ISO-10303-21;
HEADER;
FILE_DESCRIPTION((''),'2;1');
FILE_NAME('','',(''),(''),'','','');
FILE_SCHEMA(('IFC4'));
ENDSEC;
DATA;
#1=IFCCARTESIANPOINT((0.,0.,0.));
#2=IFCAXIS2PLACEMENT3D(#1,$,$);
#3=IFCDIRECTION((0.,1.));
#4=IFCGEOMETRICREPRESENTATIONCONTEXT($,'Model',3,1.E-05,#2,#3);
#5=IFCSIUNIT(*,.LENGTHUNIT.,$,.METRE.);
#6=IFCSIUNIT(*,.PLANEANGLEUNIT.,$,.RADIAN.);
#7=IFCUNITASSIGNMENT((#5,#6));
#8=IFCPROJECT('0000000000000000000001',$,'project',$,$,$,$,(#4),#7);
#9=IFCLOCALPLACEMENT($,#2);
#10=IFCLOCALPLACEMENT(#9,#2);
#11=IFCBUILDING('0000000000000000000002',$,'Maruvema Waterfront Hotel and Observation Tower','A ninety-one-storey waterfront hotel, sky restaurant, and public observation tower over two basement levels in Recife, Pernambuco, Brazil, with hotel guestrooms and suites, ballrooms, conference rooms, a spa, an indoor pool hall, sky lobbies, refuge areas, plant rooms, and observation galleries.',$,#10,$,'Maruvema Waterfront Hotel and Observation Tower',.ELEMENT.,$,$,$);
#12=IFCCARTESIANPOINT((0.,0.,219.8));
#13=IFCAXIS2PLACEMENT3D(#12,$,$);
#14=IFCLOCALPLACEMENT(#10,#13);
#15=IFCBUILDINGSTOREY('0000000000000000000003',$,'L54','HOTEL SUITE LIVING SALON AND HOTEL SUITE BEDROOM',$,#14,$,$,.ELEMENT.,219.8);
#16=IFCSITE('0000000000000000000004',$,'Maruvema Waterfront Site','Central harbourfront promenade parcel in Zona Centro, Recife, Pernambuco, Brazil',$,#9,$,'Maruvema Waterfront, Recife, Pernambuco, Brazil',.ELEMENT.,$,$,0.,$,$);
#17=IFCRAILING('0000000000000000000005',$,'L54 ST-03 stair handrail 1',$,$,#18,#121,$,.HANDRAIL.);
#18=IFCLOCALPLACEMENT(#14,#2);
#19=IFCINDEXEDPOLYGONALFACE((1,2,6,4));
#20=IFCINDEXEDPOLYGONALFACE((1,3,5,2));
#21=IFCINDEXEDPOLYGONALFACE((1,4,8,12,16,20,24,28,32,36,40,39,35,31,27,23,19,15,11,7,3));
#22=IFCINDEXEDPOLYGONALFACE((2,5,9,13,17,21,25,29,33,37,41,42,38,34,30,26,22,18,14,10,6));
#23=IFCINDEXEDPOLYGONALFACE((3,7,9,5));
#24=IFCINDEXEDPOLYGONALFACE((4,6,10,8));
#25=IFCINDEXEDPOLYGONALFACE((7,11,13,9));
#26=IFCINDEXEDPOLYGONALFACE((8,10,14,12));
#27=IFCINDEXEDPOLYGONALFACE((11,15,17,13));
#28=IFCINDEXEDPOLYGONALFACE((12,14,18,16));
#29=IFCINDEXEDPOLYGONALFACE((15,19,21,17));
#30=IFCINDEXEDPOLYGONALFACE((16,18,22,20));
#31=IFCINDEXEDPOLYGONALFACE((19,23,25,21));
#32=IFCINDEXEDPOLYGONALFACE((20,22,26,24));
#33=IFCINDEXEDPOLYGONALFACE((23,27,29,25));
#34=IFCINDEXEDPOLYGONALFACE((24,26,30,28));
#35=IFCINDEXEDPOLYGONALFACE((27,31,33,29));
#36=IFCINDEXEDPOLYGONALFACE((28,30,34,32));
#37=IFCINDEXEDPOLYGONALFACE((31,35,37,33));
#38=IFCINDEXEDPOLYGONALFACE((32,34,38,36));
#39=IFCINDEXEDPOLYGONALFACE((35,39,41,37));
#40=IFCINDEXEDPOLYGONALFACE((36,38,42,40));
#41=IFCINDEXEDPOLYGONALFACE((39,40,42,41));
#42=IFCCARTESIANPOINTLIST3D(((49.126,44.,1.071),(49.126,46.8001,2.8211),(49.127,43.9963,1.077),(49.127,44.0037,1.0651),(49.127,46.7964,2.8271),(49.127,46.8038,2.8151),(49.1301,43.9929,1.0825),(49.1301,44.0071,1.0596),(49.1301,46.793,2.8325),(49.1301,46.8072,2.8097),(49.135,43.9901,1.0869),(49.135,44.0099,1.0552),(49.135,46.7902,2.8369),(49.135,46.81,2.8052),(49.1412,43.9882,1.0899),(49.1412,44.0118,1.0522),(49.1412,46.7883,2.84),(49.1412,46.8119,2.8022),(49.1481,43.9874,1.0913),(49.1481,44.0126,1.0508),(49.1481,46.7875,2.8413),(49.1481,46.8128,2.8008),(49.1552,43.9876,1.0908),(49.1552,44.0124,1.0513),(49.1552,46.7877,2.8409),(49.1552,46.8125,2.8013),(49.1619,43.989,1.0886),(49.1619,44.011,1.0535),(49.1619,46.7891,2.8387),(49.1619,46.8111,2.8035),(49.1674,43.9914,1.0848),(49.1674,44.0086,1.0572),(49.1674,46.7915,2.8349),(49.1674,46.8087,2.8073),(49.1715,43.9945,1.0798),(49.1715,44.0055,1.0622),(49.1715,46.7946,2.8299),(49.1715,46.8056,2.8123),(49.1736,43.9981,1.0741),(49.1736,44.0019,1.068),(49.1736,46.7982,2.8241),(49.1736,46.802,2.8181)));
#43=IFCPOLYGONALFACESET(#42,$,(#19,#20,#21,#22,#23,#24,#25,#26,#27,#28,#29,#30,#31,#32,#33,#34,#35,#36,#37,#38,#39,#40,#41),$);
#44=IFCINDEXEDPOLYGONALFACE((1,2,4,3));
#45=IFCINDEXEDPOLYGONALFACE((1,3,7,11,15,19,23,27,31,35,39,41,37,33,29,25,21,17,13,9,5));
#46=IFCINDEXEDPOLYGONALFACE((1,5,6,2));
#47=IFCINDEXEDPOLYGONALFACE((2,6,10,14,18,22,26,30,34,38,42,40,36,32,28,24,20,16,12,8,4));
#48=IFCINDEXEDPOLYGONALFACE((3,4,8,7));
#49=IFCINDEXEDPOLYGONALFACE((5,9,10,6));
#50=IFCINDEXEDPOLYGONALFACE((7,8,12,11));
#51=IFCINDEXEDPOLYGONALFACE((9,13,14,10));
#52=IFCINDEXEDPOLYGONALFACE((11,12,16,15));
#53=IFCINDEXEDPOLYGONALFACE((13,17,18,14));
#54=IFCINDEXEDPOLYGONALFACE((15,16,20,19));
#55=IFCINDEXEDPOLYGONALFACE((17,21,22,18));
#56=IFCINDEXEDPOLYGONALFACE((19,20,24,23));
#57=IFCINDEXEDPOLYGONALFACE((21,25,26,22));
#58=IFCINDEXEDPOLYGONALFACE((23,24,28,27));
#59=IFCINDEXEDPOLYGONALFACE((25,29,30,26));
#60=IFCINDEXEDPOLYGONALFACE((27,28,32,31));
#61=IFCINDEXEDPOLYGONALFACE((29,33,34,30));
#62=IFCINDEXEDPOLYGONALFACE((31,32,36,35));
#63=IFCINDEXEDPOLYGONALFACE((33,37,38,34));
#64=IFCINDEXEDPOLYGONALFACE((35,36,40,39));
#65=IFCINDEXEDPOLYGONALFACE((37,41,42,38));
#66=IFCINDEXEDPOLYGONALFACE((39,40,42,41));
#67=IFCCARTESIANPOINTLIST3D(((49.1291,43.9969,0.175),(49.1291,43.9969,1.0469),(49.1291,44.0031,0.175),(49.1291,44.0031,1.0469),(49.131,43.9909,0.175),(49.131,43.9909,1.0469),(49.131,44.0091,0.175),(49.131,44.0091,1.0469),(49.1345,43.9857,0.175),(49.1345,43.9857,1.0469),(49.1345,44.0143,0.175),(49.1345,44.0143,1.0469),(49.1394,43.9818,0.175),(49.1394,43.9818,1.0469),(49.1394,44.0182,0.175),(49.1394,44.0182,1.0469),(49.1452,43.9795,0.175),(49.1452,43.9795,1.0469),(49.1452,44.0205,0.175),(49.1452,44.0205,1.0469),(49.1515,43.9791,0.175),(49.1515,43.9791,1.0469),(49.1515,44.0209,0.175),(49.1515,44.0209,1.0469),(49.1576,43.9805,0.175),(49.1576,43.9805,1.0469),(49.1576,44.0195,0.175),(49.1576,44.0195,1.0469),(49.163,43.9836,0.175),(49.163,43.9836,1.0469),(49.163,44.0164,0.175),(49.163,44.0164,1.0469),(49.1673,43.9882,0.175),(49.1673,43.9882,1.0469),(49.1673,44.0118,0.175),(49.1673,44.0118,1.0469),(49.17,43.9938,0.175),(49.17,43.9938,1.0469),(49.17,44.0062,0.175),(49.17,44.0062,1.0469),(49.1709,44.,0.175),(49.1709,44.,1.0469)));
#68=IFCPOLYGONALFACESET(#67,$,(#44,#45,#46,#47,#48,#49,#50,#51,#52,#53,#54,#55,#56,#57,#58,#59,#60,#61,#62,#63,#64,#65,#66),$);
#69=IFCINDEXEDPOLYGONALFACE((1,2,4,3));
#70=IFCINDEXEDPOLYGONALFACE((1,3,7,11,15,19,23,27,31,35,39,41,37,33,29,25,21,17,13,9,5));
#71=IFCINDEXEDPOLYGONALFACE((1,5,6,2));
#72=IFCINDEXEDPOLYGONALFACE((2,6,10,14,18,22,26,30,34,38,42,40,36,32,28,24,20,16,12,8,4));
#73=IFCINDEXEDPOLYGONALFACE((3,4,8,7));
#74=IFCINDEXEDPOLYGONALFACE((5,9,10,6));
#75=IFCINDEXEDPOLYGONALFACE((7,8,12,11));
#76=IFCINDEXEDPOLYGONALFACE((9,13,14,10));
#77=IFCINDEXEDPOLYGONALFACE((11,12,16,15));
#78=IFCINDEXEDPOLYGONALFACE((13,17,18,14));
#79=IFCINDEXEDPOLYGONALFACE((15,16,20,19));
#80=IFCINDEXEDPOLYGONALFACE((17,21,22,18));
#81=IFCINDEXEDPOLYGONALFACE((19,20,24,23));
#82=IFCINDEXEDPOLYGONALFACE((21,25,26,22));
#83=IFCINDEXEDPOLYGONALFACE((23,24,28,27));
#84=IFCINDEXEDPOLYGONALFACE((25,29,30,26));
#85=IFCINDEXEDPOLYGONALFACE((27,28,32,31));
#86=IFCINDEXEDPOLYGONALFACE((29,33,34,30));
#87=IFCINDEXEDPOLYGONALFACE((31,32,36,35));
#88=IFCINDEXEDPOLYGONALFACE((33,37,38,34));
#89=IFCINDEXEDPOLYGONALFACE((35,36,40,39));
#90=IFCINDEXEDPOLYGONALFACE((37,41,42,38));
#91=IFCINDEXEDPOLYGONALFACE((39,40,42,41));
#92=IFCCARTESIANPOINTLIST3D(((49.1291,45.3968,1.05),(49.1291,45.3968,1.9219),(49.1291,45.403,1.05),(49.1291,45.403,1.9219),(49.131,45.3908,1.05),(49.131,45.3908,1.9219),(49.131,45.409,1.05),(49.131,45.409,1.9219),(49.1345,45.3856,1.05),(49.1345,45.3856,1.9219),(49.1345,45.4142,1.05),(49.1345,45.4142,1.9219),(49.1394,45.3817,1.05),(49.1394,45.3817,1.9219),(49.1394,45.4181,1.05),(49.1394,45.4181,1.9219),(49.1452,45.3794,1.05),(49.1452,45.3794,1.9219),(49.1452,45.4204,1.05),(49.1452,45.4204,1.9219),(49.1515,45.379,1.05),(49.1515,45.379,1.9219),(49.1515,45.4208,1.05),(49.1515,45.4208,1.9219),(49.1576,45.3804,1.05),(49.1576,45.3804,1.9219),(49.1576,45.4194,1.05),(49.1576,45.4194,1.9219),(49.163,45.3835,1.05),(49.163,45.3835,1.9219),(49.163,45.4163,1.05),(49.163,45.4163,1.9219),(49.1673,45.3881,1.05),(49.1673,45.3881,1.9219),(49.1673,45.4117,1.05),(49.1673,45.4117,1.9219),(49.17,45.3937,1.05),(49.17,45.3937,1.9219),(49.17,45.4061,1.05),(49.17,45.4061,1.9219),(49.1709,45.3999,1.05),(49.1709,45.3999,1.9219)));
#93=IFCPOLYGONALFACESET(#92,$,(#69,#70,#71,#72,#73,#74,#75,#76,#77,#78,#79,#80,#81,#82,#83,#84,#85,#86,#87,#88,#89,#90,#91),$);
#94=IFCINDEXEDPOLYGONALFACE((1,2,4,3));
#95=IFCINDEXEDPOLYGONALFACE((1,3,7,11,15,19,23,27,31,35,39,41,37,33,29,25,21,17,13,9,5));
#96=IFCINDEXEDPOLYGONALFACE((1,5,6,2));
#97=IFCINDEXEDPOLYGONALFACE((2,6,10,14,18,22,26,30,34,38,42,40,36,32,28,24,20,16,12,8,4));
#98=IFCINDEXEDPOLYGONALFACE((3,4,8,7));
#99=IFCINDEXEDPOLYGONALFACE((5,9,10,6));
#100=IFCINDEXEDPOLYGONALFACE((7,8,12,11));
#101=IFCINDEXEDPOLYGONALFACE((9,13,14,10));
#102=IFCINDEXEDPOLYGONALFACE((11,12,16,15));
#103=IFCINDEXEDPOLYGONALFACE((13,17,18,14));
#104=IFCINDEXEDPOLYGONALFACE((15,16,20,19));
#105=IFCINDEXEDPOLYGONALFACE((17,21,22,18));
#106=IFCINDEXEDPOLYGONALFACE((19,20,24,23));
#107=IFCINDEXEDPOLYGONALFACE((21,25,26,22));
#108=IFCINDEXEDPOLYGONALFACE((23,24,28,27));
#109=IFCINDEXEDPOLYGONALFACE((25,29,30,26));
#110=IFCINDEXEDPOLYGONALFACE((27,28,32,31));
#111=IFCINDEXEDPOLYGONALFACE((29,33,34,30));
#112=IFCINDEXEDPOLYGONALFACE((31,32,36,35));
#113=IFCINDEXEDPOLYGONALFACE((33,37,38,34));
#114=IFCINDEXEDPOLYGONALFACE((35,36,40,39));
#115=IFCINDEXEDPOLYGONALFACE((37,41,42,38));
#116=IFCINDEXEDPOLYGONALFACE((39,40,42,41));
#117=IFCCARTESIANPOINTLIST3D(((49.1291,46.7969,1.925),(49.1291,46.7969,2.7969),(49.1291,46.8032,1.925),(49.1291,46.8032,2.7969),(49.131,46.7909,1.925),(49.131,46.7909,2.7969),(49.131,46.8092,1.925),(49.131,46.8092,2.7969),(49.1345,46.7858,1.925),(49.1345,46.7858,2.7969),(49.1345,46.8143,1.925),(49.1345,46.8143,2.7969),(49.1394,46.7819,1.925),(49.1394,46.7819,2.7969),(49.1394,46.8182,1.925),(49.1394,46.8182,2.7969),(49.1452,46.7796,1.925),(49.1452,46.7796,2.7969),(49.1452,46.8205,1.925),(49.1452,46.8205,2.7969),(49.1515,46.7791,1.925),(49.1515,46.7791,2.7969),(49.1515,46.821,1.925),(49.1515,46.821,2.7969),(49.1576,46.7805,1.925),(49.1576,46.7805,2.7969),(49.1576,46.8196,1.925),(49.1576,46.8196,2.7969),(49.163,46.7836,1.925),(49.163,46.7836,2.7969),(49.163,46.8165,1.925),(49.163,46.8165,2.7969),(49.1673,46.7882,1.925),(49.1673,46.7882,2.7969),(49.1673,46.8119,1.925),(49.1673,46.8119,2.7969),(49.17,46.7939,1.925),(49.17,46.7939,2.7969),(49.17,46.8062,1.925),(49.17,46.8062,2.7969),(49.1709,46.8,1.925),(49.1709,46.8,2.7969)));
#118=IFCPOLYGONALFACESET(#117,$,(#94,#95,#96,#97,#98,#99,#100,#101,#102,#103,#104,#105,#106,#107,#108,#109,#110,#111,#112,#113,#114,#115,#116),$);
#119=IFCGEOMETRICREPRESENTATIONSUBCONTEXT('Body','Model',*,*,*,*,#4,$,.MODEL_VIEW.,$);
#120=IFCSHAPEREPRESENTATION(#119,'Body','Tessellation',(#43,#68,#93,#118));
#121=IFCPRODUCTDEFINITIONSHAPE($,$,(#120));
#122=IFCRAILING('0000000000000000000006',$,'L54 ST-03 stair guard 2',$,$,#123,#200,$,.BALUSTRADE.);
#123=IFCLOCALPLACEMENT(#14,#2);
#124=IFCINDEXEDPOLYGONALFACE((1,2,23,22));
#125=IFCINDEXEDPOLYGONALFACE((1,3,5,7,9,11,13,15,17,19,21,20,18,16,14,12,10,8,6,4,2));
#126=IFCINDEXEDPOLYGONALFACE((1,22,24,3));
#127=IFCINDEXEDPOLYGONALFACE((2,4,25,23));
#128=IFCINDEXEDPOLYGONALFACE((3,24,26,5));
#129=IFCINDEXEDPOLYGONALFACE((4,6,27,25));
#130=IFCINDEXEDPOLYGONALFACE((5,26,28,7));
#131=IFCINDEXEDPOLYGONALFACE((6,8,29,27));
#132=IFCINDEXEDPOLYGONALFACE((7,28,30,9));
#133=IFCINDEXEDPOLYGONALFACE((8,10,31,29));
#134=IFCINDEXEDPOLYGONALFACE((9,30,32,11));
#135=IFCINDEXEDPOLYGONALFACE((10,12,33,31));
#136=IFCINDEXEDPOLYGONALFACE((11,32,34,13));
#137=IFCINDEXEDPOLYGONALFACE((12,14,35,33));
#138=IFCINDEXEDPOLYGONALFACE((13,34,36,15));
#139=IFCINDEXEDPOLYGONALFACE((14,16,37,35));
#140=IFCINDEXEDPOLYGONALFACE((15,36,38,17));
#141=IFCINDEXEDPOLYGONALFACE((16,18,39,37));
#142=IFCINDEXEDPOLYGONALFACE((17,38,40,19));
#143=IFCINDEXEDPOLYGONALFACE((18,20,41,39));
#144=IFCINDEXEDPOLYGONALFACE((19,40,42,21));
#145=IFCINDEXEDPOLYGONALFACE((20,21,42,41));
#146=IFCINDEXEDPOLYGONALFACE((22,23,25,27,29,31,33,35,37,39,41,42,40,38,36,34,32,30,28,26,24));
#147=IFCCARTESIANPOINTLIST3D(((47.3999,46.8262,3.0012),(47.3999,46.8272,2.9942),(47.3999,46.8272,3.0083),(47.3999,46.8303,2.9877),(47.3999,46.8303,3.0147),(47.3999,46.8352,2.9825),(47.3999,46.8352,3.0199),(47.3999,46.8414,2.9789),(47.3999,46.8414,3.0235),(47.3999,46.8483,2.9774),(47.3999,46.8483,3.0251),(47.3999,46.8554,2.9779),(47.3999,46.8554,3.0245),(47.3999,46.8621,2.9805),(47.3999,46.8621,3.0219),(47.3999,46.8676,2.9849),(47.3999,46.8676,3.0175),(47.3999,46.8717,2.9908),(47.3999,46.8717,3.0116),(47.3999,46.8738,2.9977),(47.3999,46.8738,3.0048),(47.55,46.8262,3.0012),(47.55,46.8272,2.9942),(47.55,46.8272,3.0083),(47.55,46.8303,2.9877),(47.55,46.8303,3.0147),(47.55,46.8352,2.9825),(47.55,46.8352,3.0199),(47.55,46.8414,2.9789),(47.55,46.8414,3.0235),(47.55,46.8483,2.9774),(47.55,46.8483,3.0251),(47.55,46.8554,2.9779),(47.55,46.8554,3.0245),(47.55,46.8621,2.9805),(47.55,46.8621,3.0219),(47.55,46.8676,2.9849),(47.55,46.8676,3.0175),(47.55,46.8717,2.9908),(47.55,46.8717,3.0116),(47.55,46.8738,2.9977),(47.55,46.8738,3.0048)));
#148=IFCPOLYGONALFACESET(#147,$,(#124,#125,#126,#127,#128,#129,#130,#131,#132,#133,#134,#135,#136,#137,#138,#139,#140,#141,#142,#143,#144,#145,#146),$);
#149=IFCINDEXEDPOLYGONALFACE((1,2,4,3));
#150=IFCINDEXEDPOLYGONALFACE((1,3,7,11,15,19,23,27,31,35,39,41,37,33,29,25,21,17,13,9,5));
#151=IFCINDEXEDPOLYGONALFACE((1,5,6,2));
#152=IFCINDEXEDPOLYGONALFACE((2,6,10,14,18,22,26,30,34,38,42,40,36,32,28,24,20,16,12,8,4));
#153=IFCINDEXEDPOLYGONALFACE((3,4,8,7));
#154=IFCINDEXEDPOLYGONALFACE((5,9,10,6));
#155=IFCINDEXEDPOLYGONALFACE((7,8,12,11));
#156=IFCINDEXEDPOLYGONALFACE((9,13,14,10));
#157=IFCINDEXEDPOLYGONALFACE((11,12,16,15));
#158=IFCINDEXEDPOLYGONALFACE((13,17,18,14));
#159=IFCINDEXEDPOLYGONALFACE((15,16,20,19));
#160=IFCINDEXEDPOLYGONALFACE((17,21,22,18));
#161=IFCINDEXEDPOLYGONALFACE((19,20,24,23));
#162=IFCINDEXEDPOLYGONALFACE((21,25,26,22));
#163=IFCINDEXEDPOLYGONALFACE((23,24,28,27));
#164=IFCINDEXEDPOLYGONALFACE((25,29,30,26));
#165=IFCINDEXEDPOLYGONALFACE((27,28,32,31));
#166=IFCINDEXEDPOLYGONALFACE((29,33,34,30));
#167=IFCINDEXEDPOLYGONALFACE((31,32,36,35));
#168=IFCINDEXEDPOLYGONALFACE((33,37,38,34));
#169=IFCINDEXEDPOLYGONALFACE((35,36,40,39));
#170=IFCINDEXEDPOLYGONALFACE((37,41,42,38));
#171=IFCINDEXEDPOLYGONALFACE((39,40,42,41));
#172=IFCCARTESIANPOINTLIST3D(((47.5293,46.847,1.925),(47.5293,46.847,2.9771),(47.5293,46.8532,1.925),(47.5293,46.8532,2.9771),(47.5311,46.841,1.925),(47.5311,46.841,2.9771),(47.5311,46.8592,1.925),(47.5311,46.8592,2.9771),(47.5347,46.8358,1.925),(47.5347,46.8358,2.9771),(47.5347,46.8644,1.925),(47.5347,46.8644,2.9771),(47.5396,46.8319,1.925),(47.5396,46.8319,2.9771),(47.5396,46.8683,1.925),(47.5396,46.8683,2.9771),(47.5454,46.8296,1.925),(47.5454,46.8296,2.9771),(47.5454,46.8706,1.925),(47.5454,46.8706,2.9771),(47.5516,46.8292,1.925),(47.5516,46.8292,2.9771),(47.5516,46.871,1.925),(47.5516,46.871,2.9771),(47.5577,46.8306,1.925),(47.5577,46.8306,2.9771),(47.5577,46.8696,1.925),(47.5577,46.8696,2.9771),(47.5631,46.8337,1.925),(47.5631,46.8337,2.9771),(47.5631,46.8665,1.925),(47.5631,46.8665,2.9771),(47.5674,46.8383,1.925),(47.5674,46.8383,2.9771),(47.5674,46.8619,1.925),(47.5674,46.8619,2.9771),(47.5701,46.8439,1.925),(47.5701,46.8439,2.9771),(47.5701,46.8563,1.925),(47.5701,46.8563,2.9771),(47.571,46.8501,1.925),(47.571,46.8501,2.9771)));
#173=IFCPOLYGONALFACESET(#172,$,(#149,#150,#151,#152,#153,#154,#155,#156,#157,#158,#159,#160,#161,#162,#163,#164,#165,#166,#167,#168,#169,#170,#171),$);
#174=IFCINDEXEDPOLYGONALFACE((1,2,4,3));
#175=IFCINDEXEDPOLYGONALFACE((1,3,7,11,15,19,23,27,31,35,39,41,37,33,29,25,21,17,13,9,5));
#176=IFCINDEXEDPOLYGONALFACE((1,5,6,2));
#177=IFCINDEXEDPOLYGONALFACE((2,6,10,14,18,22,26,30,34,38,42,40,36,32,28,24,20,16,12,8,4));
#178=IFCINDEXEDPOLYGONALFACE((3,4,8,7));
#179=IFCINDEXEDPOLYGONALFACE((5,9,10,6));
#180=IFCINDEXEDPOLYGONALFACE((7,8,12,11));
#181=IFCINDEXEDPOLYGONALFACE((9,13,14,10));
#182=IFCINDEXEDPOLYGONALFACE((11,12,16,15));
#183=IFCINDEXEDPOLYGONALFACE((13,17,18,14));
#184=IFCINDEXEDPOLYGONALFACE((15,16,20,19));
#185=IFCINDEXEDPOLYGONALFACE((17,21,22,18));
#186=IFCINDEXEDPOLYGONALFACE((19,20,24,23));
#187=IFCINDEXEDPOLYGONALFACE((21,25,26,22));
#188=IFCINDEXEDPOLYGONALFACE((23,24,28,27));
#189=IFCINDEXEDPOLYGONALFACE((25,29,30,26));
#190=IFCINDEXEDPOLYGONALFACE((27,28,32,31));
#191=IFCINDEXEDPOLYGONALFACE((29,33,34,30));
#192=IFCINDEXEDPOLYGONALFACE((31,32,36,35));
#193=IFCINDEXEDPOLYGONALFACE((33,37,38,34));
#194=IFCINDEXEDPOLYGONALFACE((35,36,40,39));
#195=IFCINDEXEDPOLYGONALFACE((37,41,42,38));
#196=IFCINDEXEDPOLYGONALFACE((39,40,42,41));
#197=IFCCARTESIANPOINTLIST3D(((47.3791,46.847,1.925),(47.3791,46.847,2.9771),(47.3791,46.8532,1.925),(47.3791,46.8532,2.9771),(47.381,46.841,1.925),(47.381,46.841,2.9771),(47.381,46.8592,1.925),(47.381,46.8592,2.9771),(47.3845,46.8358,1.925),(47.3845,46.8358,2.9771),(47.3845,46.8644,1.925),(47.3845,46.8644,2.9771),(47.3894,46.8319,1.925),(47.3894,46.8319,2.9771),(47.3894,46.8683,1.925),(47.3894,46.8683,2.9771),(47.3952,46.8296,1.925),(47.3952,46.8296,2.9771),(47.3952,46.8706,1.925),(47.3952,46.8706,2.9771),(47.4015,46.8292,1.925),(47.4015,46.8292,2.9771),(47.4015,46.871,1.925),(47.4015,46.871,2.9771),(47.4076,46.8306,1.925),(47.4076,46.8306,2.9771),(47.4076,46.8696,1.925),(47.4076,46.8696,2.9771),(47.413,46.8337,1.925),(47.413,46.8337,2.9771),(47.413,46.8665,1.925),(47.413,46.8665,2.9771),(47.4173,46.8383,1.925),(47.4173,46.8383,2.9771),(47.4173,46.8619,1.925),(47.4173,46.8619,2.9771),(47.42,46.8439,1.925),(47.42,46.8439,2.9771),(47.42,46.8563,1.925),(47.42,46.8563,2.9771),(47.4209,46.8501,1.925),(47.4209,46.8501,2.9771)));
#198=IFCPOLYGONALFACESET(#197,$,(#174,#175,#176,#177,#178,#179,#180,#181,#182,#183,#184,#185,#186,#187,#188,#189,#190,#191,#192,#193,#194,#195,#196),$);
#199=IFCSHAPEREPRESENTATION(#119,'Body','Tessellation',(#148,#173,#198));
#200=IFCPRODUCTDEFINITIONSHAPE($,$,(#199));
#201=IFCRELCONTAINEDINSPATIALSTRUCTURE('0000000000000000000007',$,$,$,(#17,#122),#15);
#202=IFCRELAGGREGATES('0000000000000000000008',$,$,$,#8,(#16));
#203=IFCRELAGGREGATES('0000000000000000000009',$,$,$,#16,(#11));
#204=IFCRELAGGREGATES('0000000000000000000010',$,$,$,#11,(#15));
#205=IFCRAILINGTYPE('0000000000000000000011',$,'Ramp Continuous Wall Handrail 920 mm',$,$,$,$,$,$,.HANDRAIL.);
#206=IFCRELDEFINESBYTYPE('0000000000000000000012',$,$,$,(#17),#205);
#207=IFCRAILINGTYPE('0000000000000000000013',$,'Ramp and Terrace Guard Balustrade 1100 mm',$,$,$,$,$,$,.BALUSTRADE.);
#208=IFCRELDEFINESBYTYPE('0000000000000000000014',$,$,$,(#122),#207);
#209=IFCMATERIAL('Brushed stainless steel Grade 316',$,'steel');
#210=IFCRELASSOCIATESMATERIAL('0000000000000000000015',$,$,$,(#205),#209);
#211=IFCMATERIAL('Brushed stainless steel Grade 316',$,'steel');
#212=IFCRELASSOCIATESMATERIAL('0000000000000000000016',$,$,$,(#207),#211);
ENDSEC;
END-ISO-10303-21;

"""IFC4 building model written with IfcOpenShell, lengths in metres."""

from ifc_helpers import new_model, si_unit, direction, frame, origin, origin_2d, place, context, subcontext, project, spatial, circle, extrude, material, type_object, element, save


model = new_model("IFC4")

# Units and contexts
model_context = context("Model", 3, precision=1e-05, world=origin(), true_north=direction((0.0, 1.0)))
body_context = subcontext(model_context, "Body", "Model", "MODEL_VIEW")
ifc_project = project(units=[si_unit("LENGTHUNIT", "METRE"), si_unit("PLANEANGLEUNIT", "RADIAN")], contexts=[model_context])

# Site, building, storey
site_placement = place(None, origin())
site = spatial("IfcSite", under=ifc_project, at=site_placement, Name="Maruvema Waterfront Site", Description="Central harbourfront promenade parcel in Zona Centro, Recife, Pernambuco, Brazil", LongName="Maruvema Waterfront, Recife, Pernambuco, Brazil", CompositionType="ELEMENT", RefElevation=0.0)
building_placement = place(site_placement, origin())
building = spatial("IfcBuilding", under=site, at=building_placement, Name="Maruvema Waterfront Hotel and Observation Tower", Description="A ninety-one-storey waterfront hotel, sky restaurant, and public observation tower over two basement levels in Recife, Pernambuco, Brazil, with hotel guestrooms and suites, ballrooms, conference rooms, a spa, an indoor pool hall, sky lobbies, refuge areas, plant rooms, and observation galleries.", LongName="Maruvema Waterfront Hotel and Observation Tower", CompositionType="ELEMENT")
storey_placement = place(building_placement, frame((0.0, 0.0, 219.8)))
storey = spatial("IfcBuildingStorey", under=building, at=storey_placement, Name="L54", Description="HOTEL SUITE LIVING SALON AND HOTEL SUITE BEDROOM", CompositionType="ELEMENT", Elevation=219.8)

# Railings
ifc_material_1 = material(Name="Brushed stainless steel Grade 316", Category="steel")
railing_type_1 = type_object("IfcRailingType", Name="Ramp Continuous Wall Handrail 920 mm", PredefinedType="HANDRAIL", material=ifc_material_1)
railing_1_placement = place(storey_placement, frame((49.1499, 44.0, 0.175)))
element("IfcRailing", 1, at=railing_1_placement, inside=storey, type_object=railing_type_1, Name="L54 ST-03 stair handrail 1", PredefinedType="HANDRAIL", context=body_context, shape_type="SweptSolid", body=[
    extrude(circle(Radius=0.0239, at=origin_2d()), frame((0.0, 0.0, 0.896), z_axis=(0.0, 0.848002, 0.529992), x_axis=(-1.0, 0.0, 0.0)), (0.0, 0.0, 1.0), 3.302),
    extrude(circle(Radius=0.021, at=origin_2d()), origin(), (0.0, 0.0, 1.0), 0.8718),
    extrude(circle(Radius=0.021, at=origin_2d()), frame((0.0, 1.3999, 0.875)), (0.0, 0.0, 1.0), 0.8718),
    extrude(circle(Radius=0.021, at=origin_2d()), frame((0.0, 2.8, 1.75)), (0.0, 0.0, 1.0), 0.8718),
])
ifc_material_2 = material(Name="Brushed stainless steel Grade 316", Category="steel")
railing_type_2 = type_object("IfcRailingType", Name="Ramp and Terrace Guard Balustrade 1100 mm", PredefinedType="BALUSTRADE", material=ifc_material_2)
railing_2_placement = place(storey_placement, frame((47.55, 46.8501, 1.925)))
element("IfcRailing", 2, at=railing_2_placement, inside=storey, type_object=railing_type_2, Name="L54 ST-03 stair guard 2", PredefinedType="BALUSTRADE", context=body_context, shape_type="SweptSolid", body=[
    extrude(circle(Radius=0.0239, at=origin_2d()), frame((0.0, 0.0, 1.0762), z_axis=(-1.0, 0.0, 0.0), x_axis=(0.0, -1.0, 0.0)), (0.0, 0.0, 1.0), 0.1501),
    extrude(circle(Radius=0.021, at=origin_2d()), origin(), (0.0, 0.0, 1.0), 1.052),
    extrude(circle(Radius=0.021, at=origin_2d()), frame((-0.1501, 0.0, 0.0)), (0.0, 0.0, 1.0), 1.052),
])

save(model, "model.ifc")
